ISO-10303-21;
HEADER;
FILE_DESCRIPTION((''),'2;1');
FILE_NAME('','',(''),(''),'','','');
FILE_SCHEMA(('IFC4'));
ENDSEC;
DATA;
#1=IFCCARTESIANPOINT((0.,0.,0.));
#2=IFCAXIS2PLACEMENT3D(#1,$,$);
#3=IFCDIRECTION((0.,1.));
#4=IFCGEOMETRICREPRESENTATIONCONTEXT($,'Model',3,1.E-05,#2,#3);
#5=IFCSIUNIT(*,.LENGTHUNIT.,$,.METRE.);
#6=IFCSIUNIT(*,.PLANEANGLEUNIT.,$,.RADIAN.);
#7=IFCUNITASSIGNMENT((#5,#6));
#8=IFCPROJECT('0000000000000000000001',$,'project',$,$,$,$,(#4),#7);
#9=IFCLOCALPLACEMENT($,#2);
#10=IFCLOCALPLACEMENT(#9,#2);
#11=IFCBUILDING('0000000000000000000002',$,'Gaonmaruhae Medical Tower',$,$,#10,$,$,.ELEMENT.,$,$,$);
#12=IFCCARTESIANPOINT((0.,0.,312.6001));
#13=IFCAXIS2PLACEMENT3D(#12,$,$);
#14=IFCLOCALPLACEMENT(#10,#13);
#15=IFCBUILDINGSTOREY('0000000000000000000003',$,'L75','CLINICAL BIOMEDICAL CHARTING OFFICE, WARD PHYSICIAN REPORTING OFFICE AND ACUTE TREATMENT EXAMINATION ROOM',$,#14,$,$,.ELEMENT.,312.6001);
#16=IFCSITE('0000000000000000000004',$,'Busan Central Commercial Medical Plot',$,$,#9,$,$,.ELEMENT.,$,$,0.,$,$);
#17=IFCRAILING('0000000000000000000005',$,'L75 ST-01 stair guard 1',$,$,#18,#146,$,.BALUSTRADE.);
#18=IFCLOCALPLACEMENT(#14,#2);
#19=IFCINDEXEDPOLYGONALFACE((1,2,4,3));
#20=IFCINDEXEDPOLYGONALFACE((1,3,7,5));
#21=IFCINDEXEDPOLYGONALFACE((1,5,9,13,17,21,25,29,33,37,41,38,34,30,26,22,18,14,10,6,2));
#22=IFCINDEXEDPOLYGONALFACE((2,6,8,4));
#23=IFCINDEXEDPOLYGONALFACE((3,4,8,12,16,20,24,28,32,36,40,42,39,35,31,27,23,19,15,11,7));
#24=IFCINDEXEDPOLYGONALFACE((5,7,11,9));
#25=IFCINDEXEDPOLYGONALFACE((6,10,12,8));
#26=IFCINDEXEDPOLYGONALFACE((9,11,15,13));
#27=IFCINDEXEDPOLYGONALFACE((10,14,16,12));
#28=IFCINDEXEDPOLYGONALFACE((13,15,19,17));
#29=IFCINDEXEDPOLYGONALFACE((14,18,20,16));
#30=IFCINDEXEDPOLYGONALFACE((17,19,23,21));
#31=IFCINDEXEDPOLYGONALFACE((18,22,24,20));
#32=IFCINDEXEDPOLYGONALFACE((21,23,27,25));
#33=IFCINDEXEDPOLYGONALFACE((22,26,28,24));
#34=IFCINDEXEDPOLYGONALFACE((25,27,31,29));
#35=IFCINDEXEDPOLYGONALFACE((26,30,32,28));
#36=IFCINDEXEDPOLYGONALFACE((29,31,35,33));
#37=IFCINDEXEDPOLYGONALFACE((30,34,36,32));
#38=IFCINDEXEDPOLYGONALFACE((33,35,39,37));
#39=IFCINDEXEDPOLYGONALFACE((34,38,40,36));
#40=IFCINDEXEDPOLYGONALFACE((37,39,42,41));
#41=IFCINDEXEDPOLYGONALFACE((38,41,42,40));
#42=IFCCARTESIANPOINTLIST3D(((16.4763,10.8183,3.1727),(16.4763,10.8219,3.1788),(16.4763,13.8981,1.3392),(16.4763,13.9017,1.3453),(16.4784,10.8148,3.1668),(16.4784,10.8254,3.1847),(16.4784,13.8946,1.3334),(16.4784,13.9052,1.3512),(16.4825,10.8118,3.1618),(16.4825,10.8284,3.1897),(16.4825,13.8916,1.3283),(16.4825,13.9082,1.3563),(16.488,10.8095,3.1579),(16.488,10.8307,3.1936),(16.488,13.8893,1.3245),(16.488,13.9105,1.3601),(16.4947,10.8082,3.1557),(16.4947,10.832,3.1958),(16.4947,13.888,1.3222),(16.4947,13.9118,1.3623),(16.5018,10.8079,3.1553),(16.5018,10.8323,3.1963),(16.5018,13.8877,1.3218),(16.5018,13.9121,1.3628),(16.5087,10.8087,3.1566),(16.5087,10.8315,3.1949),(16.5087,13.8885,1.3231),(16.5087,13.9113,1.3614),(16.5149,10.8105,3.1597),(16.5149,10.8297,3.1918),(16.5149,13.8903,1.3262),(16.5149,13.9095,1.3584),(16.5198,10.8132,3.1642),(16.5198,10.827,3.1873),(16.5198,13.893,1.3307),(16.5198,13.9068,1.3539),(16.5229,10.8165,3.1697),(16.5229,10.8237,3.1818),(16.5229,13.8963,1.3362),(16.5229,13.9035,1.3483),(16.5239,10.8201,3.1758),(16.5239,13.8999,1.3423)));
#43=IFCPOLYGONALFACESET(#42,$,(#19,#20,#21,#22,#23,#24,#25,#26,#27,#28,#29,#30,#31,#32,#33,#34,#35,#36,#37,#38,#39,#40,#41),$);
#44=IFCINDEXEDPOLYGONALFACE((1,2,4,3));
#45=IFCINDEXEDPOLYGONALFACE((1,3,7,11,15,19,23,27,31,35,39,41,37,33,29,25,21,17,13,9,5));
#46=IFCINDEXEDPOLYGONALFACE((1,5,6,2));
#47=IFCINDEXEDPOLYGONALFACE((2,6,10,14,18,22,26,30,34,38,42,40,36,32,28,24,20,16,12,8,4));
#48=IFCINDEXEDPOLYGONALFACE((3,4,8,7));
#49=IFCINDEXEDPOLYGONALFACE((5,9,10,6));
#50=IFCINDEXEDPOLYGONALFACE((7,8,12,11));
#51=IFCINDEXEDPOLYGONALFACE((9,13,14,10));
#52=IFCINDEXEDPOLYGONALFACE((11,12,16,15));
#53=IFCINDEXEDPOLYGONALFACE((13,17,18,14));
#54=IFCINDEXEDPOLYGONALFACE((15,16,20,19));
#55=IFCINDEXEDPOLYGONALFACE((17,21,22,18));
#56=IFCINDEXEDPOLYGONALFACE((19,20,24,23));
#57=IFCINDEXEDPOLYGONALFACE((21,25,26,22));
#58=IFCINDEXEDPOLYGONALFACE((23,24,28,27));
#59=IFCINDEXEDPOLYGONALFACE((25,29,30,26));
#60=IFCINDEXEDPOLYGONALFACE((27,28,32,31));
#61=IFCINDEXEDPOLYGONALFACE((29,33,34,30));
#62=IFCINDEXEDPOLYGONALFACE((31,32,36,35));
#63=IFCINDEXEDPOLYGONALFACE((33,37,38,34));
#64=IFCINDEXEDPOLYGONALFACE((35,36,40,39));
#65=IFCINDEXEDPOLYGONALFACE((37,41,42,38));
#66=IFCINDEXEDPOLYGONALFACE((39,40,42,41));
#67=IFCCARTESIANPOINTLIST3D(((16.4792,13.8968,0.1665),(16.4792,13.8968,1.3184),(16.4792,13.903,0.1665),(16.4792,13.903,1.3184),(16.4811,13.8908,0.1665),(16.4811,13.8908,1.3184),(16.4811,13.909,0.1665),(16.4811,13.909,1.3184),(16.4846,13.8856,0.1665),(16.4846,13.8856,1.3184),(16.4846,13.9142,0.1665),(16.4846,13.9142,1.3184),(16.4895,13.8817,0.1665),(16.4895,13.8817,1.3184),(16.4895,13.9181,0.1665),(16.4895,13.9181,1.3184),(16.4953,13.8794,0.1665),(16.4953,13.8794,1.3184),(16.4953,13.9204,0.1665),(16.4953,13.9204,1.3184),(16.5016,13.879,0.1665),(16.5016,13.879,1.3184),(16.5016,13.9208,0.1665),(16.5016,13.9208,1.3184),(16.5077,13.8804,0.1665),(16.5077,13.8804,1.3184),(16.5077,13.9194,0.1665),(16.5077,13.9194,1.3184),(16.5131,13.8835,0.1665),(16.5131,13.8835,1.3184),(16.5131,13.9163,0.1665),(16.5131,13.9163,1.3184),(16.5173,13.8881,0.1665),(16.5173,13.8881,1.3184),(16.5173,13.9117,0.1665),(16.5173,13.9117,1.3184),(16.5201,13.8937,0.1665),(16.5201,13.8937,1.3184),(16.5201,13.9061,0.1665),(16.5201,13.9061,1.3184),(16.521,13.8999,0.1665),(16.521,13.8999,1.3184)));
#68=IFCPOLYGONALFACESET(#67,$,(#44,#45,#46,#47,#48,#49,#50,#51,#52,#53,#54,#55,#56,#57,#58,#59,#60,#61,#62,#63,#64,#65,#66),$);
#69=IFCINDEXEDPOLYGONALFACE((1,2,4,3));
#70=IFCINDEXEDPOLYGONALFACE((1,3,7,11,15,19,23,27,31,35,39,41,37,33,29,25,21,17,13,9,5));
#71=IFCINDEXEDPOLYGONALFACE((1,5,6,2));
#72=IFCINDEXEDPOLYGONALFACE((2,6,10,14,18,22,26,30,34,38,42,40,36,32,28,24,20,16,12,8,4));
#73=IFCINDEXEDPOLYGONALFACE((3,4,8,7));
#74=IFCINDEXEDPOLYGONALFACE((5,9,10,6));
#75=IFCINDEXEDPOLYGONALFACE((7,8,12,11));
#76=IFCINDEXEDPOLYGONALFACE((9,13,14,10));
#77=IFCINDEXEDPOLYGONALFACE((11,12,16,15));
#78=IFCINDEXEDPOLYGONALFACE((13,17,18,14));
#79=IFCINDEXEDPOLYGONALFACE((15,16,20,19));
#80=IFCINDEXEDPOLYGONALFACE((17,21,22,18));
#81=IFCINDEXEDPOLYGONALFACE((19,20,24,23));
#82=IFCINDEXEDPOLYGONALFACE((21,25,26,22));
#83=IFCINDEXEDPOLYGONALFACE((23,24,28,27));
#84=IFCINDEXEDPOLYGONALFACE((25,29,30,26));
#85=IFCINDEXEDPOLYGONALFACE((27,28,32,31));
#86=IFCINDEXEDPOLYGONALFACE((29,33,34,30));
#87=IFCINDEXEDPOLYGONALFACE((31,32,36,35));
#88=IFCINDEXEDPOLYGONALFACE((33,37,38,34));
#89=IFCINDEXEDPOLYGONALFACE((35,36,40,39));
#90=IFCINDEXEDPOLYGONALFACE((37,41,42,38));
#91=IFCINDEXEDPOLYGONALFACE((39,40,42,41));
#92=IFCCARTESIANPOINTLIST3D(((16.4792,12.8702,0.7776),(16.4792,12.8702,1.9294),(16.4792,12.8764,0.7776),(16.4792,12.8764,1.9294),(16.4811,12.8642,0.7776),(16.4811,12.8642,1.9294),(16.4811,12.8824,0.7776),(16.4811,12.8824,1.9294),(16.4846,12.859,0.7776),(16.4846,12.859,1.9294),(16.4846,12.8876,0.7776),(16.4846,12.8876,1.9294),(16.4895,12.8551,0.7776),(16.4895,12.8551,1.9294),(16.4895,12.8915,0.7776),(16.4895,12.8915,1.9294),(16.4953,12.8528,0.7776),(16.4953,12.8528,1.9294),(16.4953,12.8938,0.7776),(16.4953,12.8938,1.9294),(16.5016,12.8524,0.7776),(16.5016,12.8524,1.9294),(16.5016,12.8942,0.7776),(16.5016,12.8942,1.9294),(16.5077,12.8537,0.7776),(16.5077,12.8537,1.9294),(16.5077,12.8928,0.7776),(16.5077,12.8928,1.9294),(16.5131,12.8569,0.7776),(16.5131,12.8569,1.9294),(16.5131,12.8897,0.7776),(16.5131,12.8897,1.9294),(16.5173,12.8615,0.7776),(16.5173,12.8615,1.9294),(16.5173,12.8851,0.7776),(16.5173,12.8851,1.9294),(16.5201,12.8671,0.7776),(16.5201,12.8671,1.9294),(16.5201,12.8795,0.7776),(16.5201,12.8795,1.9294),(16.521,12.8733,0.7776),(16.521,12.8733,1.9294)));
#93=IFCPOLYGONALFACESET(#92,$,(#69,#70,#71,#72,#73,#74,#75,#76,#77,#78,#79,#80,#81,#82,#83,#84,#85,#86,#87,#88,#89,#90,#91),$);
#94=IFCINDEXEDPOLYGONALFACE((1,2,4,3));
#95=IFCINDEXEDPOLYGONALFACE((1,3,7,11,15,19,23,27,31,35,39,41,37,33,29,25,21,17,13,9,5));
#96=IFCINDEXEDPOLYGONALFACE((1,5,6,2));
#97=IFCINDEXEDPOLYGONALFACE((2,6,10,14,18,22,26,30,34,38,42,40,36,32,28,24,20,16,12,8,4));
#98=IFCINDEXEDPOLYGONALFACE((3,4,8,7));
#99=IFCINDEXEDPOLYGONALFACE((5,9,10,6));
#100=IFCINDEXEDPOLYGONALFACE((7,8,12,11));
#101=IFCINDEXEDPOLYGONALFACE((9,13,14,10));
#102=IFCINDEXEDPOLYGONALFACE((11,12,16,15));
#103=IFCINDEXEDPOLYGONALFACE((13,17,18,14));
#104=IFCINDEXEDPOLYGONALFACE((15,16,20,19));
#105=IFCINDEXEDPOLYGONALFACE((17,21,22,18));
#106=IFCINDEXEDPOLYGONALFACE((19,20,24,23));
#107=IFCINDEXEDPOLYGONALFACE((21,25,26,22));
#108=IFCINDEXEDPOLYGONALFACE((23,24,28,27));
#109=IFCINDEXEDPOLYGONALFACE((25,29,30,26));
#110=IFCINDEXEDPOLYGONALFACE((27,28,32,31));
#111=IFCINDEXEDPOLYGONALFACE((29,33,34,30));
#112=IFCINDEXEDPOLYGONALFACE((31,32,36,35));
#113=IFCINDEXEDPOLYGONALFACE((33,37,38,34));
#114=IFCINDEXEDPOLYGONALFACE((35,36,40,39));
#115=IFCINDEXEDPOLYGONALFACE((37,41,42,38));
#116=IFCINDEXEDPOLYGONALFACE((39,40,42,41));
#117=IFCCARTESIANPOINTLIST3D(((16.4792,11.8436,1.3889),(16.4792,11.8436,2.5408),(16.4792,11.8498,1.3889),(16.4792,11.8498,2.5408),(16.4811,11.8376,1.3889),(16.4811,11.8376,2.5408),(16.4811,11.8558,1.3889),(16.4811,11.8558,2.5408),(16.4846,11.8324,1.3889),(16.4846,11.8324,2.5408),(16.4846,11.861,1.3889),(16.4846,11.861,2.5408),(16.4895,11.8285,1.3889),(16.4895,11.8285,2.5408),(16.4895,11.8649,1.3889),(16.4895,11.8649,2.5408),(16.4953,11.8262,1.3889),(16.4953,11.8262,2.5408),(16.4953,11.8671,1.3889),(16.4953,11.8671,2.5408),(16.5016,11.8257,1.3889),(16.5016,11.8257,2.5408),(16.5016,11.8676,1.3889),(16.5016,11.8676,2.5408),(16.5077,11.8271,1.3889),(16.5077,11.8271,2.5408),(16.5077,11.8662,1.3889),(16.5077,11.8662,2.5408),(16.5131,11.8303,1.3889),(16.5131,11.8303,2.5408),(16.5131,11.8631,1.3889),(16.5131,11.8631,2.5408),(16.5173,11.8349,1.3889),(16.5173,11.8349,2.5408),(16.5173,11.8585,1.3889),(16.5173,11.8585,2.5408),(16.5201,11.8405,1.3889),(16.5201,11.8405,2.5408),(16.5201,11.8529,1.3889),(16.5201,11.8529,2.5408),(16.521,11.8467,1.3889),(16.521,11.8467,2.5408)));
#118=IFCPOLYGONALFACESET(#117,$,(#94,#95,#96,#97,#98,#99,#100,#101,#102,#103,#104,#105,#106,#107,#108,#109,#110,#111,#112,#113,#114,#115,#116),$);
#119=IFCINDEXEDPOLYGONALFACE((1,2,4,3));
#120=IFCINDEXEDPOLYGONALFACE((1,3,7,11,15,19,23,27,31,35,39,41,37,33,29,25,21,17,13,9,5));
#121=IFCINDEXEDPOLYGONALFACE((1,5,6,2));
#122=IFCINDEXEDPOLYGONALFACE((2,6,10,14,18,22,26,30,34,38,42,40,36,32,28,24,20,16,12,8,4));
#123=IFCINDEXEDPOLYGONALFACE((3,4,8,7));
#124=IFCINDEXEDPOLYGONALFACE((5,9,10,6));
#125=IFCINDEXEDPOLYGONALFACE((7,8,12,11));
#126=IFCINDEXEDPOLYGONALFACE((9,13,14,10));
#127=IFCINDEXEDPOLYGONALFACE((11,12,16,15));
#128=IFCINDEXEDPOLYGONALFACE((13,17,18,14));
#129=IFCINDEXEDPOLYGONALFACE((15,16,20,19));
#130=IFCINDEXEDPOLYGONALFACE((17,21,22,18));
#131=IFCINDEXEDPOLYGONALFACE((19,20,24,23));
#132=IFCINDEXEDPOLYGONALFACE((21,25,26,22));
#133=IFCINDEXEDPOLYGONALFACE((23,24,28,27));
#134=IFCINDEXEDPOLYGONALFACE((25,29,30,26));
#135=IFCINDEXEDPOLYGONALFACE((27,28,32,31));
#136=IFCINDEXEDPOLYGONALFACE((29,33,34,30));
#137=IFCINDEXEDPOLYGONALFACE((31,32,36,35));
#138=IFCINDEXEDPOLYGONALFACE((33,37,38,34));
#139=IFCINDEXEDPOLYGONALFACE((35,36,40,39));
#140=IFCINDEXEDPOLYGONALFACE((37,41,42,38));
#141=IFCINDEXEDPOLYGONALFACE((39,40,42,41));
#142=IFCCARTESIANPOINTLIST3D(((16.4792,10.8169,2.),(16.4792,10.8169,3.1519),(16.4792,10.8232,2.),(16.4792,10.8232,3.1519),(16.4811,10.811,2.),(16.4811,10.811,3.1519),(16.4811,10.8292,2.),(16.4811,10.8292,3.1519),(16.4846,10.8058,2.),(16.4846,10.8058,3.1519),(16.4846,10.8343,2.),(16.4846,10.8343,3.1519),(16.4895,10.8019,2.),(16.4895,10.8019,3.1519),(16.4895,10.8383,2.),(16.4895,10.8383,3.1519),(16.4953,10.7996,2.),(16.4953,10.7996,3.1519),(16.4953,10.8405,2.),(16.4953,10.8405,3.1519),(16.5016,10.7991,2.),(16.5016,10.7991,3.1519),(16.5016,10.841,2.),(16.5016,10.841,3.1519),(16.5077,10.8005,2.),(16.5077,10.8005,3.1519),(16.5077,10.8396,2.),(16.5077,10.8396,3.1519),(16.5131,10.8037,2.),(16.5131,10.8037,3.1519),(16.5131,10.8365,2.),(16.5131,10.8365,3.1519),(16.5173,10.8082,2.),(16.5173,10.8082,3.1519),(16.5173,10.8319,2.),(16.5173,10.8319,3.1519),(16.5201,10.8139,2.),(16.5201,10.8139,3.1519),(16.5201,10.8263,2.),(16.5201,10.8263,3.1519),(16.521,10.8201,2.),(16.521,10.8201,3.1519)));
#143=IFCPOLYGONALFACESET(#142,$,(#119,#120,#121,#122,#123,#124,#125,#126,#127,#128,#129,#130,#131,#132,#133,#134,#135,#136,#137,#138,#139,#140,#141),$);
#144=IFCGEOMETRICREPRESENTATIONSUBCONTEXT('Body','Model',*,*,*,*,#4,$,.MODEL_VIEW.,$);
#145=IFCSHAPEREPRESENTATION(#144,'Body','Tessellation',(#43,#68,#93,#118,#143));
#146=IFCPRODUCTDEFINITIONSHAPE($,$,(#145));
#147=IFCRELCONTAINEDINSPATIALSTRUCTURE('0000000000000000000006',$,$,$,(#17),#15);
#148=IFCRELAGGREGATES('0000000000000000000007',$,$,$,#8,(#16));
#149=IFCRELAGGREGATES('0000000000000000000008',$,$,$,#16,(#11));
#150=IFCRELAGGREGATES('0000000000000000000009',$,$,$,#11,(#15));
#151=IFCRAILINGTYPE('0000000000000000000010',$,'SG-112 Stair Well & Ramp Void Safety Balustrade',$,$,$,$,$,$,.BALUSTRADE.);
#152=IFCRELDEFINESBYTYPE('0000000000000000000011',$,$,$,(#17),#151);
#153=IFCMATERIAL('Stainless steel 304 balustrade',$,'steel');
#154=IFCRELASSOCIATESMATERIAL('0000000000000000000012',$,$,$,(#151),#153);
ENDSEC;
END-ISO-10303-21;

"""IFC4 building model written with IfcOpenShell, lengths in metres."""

from ifc_helpers import new_model, si_unit, direction, frame, origin, origin_2d, place, context, subcontext, project, spatial, circle, extrude, material, type_object, element, save


model = new_model("IFC4")

# Units and contexts
model_context = context("Model", 3, precision=1e-05, world=origin(), true_north=direction((0.0, 1.0)))
body_context = subcontext(model_context, "Body", "Model", "MODEL_VIEW")
ifc_project = project(units=[si_unit("LENGTHUNIT", "METRE"), si_unit("PLANEANGLEUNIT", "RADIAN")], contexts=[model_context])

# Site, building, storey
site_placement = place(None, origin())
site = spatial("IfcSite", under=ifc_project, at=site_placement, Name="Busan Central Commercial Medical Plot", CompositionType="ELEMENT", RefElevation=0.0)
building_placement = place(site_placement, origin())
building = spatial("IfcBuilding", under=site, at=building_placement, Name="Gaonmaruhae Medical Tower", CompositionType="ELEMENT")
storey_placement = place(building_placement, frame((0.0, 0.0, 312.6001)))
storey = spatial("IfcBuildingStorey", under=building, at=storey_placement, Name="L75", Description="CLINICAL BIOMEDICAL CHARTING OFFICE, WARD PHYSICIAN REPORTING OFFICE AND ACUTE TREATMENT EXAMINATION ROOM", CompositionType="ELEMENT", Elevation=312.6001)

# Railing
ifc_material_1 = material(Name="Stainless steel 304 balustrade", Category="steel")
railing_type_1 = type_object("IfcRailingType", Name="SG-112 Stair Well & Ramp Void Safety Balustrade", PredefinedType="BALUSTRADE", material=ifc_material_1)
railing_1_placement = place(storey_placement, frame((16.5, 13.8999, 0.1665)))
element("IfcRailing", 1, at=railing_1_placement, inside=storey, type_object=railing_type_1, Name="L75 ST-01 stair guard 1", PredefinedType="BALUSTRADE", context=body_context, shape_type="SweptSolid", body=[
    extrude(circle(Radius=0.0239, at=origin_2d()), frame((0.0, 0.0, 1.1758), z_axis=(0.0, -0.859261, 0.511538), x_axis=(1.0, 0.0, 0.0)), (0.0, 0.0, 1.0), 3.5842),
    extrude(circle(Radius=0.021, at=origin_2d()), origin(), (0.0, 0.0, 1.0), 1.1519),
    extrude(circle(Radius=0.021, at=origin_2d()), frame((0.0, -1.0266, 0.6111)), (0.0, 0.0, 1.0), 1.1519),
    extrude(circle(Radius=0.021, at=origin_2d()), frame((0.0, -2.0532, 1.2224)), (0.0, 0.0, 1.0), 1.1519),
    extrude(circle(Radius=0.021, at=origin_2d()), frame((0.0, -3.0798, 1.8335)), (0.0, 0.0, 1.0), 1.1519),
])

save(model, "model.ifc")
